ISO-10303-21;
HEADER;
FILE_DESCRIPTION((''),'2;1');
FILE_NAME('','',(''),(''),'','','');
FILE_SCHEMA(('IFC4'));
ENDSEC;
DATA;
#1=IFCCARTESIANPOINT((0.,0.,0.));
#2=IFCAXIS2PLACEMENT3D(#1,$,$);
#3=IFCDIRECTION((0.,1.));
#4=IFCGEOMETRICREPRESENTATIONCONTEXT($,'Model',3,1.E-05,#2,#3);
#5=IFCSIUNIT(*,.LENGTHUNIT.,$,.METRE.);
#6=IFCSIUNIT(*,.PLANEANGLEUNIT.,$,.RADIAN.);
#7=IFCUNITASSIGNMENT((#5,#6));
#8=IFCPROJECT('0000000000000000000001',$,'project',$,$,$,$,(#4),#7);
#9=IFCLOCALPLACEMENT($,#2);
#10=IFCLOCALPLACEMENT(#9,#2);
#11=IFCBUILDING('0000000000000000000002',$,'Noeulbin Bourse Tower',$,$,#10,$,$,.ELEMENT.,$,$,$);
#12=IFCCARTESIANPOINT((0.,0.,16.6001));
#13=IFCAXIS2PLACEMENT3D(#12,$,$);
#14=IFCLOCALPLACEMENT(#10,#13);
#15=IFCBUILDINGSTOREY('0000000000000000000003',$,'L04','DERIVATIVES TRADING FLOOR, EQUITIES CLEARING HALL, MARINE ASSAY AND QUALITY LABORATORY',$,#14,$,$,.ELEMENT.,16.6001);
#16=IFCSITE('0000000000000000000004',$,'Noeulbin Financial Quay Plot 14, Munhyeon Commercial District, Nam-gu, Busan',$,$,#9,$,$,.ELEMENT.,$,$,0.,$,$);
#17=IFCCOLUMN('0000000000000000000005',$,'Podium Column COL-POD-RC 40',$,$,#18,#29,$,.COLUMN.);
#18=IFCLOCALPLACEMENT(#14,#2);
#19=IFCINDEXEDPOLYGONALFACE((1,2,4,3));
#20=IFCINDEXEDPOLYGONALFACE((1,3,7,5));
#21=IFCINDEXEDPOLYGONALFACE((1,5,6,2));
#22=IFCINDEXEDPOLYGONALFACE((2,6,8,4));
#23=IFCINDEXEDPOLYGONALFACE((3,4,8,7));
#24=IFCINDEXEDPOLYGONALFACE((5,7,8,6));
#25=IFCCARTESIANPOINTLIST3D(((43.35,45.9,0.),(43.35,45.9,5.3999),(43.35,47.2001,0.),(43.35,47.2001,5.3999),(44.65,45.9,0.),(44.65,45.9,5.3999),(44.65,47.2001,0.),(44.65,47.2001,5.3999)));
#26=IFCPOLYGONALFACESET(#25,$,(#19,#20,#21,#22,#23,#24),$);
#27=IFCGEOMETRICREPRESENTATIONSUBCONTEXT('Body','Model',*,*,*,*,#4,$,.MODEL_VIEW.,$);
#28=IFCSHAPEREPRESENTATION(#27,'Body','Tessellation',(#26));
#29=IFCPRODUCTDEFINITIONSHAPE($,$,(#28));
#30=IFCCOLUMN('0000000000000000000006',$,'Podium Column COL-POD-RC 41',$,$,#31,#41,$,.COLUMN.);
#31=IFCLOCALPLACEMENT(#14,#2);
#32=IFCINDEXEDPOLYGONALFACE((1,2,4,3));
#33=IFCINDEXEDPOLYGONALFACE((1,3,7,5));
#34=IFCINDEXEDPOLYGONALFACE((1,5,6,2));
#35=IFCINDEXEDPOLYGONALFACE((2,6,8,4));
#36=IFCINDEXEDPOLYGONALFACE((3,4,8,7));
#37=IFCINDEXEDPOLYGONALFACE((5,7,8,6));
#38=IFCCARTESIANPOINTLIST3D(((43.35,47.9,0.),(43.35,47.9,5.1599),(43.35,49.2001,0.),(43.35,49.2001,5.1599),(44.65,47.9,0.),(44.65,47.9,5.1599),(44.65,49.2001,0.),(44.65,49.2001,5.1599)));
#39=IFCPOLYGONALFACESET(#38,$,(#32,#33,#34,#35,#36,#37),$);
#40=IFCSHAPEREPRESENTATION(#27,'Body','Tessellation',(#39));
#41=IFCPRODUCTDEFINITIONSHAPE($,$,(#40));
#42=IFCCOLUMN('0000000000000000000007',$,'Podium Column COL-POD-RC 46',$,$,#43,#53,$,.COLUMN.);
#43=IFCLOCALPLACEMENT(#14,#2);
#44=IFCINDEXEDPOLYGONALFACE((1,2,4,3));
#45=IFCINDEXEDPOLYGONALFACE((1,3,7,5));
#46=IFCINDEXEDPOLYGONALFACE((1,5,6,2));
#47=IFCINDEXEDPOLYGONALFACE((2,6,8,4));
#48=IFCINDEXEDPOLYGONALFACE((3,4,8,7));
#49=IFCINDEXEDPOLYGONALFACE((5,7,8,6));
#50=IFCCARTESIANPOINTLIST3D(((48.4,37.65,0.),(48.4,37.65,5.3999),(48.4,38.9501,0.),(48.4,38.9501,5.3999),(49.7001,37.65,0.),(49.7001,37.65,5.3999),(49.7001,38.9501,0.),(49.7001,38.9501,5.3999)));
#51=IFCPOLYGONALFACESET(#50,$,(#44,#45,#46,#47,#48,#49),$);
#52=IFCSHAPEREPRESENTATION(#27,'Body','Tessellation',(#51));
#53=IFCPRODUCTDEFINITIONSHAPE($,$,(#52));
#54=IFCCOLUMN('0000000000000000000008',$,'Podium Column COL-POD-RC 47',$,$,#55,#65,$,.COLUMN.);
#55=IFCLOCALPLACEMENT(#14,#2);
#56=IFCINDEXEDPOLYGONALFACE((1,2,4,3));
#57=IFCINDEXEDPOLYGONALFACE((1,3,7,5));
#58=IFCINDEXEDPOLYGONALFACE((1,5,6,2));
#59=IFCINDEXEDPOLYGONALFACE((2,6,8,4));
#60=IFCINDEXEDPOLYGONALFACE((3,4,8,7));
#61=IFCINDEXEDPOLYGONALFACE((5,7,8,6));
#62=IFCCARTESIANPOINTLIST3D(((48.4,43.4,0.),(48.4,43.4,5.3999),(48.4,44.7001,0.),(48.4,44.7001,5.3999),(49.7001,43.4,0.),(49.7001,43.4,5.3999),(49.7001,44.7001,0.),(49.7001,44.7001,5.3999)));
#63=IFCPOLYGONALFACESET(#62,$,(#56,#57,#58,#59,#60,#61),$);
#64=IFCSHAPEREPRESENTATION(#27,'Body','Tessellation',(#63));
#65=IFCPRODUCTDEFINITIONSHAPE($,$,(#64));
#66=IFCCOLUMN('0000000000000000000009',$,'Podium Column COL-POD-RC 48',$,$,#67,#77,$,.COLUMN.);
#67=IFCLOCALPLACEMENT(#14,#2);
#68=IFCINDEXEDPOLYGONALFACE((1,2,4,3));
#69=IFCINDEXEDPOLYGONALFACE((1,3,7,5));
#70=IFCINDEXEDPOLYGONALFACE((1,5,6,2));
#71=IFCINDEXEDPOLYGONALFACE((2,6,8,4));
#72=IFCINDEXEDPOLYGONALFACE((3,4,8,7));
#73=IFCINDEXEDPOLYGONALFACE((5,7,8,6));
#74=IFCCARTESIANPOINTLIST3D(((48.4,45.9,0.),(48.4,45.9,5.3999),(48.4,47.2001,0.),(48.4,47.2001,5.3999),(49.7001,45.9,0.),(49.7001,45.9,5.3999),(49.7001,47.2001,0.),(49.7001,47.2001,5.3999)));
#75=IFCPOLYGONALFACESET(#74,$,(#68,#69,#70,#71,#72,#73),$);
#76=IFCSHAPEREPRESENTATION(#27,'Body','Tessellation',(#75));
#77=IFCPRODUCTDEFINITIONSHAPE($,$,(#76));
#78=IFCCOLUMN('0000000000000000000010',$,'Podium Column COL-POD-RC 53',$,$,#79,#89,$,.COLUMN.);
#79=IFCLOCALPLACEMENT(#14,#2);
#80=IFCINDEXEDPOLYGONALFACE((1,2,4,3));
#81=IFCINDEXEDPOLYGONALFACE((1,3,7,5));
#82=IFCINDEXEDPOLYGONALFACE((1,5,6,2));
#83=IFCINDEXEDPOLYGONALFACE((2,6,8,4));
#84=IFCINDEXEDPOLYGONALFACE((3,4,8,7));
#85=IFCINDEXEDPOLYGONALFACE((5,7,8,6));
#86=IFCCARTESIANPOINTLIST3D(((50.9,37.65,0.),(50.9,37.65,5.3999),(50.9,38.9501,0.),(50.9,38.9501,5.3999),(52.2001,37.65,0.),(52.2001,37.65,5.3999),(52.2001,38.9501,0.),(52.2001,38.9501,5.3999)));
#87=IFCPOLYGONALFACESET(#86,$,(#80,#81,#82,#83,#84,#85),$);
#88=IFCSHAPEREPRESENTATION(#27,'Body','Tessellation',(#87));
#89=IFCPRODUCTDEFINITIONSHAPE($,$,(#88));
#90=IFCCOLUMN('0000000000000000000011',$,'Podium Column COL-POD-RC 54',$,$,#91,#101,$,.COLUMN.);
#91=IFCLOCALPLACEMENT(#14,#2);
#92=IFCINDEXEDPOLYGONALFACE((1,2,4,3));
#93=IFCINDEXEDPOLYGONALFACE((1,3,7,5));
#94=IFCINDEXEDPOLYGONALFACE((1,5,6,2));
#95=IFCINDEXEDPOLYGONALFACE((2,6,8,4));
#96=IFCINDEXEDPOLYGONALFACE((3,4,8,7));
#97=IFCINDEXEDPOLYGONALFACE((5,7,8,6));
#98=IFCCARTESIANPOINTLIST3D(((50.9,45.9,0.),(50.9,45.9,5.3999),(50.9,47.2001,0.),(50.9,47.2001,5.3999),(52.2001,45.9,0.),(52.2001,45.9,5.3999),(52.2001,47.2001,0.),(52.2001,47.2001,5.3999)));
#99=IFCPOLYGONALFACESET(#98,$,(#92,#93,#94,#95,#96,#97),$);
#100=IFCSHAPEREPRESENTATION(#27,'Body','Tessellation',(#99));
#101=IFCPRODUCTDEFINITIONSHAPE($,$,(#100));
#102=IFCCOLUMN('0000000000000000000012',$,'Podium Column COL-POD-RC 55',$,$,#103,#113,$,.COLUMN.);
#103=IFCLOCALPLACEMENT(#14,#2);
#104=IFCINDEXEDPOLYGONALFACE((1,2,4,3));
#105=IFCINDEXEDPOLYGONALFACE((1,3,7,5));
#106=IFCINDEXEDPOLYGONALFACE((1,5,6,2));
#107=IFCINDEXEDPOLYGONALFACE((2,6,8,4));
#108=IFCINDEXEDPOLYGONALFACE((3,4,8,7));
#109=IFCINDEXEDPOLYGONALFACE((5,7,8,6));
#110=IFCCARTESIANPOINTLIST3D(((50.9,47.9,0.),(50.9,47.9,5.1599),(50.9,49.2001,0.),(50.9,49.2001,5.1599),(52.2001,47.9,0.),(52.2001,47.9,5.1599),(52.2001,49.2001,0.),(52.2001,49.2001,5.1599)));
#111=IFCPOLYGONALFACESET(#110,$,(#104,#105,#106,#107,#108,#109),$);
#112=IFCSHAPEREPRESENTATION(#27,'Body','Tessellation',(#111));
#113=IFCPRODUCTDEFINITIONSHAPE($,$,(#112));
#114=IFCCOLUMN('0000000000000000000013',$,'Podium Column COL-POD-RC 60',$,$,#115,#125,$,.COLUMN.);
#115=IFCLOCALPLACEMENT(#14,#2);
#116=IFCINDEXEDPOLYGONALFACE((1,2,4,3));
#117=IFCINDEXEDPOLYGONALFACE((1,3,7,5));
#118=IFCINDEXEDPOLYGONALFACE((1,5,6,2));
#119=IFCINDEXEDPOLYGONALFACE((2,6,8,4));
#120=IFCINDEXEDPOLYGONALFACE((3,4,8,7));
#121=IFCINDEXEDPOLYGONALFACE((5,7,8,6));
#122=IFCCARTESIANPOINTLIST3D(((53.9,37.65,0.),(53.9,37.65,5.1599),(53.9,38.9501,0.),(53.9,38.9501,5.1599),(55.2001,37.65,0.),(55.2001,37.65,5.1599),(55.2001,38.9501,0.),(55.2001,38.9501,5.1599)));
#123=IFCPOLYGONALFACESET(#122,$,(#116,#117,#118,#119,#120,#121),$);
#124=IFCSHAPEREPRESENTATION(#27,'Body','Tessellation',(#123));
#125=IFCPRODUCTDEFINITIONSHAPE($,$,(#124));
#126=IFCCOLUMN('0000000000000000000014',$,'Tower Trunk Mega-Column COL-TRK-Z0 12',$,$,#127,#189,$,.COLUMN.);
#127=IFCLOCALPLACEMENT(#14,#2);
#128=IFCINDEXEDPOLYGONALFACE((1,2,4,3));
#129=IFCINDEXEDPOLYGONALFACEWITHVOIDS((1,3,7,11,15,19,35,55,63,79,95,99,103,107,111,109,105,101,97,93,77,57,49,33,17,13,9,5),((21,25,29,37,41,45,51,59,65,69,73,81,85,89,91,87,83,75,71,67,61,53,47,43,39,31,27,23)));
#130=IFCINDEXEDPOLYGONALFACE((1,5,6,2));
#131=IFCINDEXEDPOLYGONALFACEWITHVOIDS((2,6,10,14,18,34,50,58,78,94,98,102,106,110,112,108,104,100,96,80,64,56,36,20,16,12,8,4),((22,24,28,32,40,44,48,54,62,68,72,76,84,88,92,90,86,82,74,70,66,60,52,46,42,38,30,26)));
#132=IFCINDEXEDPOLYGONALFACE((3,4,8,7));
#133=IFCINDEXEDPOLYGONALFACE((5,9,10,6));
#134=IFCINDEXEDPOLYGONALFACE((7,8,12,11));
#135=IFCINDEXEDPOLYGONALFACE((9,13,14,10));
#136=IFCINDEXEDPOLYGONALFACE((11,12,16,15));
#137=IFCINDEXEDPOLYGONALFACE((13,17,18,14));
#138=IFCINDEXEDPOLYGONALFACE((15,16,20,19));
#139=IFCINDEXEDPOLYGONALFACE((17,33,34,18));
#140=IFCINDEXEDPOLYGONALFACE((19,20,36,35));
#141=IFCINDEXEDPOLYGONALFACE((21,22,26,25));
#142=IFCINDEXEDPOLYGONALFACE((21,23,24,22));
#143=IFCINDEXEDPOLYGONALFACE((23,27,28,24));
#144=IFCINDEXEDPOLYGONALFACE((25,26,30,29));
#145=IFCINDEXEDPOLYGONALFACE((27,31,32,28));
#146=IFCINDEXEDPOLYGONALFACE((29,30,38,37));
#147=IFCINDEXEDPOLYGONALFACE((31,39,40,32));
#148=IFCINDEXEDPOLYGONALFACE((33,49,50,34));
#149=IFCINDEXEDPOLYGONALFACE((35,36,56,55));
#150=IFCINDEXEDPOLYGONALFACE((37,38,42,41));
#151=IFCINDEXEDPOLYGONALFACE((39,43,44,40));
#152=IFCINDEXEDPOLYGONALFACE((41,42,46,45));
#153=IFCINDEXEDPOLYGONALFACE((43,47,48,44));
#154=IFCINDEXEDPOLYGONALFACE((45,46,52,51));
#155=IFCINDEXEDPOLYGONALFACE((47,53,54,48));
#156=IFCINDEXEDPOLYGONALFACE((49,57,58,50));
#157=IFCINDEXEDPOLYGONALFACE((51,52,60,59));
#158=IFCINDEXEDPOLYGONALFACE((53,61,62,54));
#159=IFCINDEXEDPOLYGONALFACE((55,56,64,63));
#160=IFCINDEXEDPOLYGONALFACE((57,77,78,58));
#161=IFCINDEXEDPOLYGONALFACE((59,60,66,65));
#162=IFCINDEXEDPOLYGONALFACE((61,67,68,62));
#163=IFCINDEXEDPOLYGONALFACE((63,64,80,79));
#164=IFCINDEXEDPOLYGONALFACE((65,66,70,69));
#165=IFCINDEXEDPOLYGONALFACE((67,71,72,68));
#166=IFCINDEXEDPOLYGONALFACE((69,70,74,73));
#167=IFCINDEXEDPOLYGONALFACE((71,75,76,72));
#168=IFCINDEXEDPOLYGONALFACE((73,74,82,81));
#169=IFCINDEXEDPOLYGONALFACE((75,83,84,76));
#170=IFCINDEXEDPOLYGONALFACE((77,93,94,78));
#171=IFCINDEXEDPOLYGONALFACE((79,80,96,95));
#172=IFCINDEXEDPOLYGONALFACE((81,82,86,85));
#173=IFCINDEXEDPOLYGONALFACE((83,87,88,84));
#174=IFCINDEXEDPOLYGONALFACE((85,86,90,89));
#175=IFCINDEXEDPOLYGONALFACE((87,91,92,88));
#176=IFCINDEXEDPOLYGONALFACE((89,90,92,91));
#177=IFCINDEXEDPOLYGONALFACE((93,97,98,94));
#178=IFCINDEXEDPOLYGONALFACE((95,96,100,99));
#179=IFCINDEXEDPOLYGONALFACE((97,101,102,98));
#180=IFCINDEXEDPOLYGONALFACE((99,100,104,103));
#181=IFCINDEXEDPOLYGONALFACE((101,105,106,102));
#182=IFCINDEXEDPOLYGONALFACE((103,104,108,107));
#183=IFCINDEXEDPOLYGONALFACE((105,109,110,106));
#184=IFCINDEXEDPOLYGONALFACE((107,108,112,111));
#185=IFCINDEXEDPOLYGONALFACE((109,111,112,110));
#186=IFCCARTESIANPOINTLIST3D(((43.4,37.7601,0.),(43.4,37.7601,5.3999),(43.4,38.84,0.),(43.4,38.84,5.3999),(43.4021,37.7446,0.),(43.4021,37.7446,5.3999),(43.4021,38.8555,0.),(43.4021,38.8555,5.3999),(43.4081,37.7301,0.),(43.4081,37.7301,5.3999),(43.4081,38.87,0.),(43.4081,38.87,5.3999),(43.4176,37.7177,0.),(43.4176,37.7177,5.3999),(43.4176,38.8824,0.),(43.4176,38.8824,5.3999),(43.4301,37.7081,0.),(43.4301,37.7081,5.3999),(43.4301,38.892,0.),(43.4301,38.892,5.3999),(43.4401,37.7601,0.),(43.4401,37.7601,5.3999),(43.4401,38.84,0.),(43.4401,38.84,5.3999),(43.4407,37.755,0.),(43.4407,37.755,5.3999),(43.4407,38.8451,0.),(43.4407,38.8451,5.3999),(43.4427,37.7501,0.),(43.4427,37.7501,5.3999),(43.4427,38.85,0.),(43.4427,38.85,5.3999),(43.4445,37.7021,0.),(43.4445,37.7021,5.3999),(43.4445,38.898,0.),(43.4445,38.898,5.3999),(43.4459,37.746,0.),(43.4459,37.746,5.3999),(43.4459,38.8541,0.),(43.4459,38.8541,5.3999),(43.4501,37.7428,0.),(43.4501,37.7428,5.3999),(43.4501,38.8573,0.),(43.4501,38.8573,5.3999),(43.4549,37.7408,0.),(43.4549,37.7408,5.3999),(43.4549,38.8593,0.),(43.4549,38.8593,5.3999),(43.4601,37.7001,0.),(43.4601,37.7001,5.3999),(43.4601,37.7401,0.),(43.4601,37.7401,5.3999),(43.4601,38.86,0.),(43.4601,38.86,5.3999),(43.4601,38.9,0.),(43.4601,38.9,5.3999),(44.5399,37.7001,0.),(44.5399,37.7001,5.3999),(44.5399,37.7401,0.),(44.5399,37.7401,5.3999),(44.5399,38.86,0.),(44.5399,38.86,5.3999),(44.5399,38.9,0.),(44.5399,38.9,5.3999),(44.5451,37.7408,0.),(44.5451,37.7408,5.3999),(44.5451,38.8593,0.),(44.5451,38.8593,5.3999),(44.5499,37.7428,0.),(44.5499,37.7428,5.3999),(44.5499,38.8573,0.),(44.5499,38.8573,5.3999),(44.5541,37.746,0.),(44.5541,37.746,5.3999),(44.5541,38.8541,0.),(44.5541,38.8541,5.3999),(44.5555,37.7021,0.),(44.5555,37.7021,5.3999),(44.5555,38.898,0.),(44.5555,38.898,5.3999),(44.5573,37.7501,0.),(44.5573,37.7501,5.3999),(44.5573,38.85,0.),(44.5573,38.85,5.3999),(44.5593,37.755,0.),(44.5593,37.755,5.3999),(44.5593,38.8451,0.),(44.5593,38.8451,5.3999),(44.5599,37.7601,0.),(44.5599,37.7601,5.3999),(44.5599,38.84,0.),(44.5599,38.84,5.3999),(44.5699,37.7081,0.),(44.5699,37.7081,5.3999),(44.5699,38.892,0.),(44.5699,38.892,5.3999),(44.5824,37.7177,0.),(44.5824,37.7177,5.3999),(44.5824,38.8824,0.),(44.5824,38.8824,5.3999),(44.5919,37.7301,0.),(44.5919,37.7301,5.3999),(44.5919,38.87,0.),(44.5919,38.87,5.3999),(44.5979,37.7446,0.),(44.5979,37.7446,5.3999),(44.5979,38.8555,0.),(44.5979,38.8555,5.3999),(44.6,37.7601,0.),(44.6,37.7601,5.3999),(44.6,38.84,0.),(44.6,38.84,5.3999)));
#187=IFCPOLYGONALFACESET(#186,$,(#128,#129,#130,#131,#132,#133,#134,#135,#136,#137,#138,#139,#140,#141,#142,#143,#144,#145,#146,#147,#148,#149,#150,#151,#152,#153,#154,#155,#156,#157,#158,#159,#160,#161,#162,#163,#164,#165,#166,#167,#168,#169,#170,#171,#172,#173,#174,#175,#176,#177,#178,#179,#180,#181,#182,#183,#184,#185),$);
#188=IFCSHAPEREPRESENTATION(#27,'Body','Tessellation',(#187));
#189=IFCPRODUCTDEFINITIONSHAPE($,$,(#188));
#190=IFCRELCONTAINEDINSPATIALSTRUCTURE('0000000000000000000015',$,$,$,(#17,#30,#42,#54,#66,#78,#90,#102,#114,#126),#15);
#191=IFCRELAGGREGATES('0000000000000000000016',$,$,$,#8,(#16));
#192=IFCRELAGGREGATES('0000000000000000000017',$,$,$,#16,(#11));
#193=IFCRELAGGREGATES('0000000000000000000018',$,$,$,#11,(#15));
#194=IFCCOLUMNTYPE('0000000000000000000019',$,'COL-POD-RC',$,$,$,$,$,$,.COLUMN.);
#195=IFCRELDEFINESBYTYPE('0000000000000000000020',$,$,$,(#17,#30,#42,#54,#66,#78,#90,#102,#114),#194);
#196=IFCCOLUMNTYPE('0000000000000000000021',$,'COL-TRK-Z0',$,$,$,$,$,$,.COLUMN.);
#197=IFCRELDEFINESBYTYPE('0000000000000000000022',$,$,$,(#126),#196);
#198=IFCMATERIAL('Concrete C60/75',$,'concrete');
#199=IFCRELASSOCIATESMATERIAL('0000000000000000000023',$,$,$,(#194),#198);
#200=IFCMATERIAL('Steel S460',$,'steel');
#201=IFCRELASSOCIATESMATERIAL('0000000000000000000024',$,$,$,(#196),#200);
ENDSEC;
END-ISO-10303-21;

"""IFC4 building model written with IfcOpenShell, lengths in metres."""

from ifc_helpers import new_model, si_unit, direction, frame, origin, origin_2d, place, context, subcontext, project, spatial, rectangle, hollow_rectangle, extrude, material, material_profile, profile_set, type_object, element, save


model = new_model("IFC4")

# Units and contexts
model_context = context("Model", 3, precision=1e-05, world=origin(), true_north=direction((0.0, 1.0)))
body_context = subcontext(model_context, "Body", "Model", "MODEL_VIEW")
ifc_project = project(units=[si_unit("LENGTHUNIT", "METRE"), si_unit("PLANEANGLEUNIT", "RADIAN")], contexts=[model_context])

# Site, building, storey
site_placement = place(None, origin())
site = spatial("IfcSite", under=ifc_project, at=site_placement, Name="Noeulbin Financial Quay Plot 14, Munhyeon Commercial District, Nam-gu, Busan", CompositionType="ELEMENT", RefElevation=0.0)
building_placement = place(site_placement, origin())
building = spatial("IfcBuilding", under=site, at=building_placement, Name="Noeulbin Bourse Tower", CompositionType="ELEMENT")
storey_placement = place(building_placement, frame((0.0, 0.0, 16.6001)))
storey = spatial("IfcBuildingStorey", under=building, at=storey_placement, Name="L04", Description="DERIVATIVES TRADING FLOOR, EQUITIES CLEARING HALL, MARINE ASSAY AND QUALITY LABORATORY", CompositionType="ELEMENT", Elevation=16.6001)

# Columns
ifc_material_1 = material(Name="Concrete C60/75", Category="concrete")
ifc_material_profile_1 = material_profile(ifc_material_1, rectangle(XDim=1.3, YDim=1.3, at=origin_2d()), Name="RC-COL-1300x1300", Category="LoadBearing")
ifc_profile_set_1 = profile_set([ifc_material_profile_1], Name="Concrete C60/75")
column_type_1 = type_object("IfcColumnType", Name="COL-POD-RC", PredefinedType="COLUMN", material=ifc_profile_set_1)
column_1_placement = place(storey_placement, frame((44.0, 46.55, 0.0), z_axis=(0.0, 0.0, 1.0), x_axis=(1.0, 0.0, 0.0)))
element("IfcColumn", 1, at=column_1_placement, inside=storey, type_object=column_type_1, Name="Podium Column COL-POD-RC 40", PredefinedType="COLUMN", context=body_context, shape_type="SweptSolid", body=[
    extrude(rectangle(XDim=1.3, YDim=1.3, at=origin_2d()), origin(), (0.0, 0.0, 1.0), 5.3999),
])
column_2_placement = place(storey_placement, frame((44.0, 48.55, 0.0), z_axis=(0.0, 0.0, 1.0), x_axis=(1.0, 0.0, 0.0)))
element("IfcColumn", 2, at=column_2_placement, inside=storey, type_object=column_type_1, Name="Podium Column COL-POD-RC 41", PredefinedType="COLUMN", context=body_context, shape_type="SweptSolid", body=[
    extrude(rectangle(XDim=1.3, YDim=1.3, at=origin_2d()), origin(), (0.0, 0.0, 1.0), 5.1599),
])
for number, where, z_axis, x_axis, name in (
    (3, (49.05, 38.3, 0.0), (0.0, 0.0, 1.0), (1.0, 0.0, 0.0), "Podium Column COL-POD-RC 46"),
    (4, (49.05, 44.05, 0.0), (0.0, 0.0, 1.0), (1.0, 0.0, 0.0), "Podium Column COL-POD-RC 47"),
    (5, (49.05, 46.55, 0.0), (0.0, 0.0, 1.0), (1.0, 0.0, 0.0), "Podium Column COL-POD-RC 48"),
    (6, (51.55, 38.3, 0.0), (0.0, 0.0, 1.0), (1.0, 0.0, 0.0), "Podium Column COL-POD-RC 53"),
    (7, (51.55, 46.55, 0.0), (0.0, 0.0, 1.0), (1.0, 0.0, 0.0), "Podium Column COL-POD-RC 54"),
):
    element("IfcColumn", number, at=place(storey_placement, frame(where, z_axis=z_axis, x_axis=x_axis)), inside=storey, type_object=column_type_1, Name=name, PredefinedType="COLUMN", context=body_context, shape_type="SweptSolid", body=[
        extrude(rectangle(XDim=1.3, YDim=1.3, at=origin_2d()), origin(), (0.0, 0.0, 1.0), 5.3999),
    ])
for number, where, z_axis, x_axis, name in (
    (8, (51.55, 48.55, 0.0), (0.0, 0.0, 1.0), (1.0, 0.0, 0.0), "Podium Column COL-POD-RC 55"),
    (9, (54.55, 38.3, 0.0), (0.0, 0.0, 1.0), (1.0, 0.0, 0.0), "Podium Column COL-POD-RC 60"),
):
    element("IfcColumn", number, at=place(storey_placement, frame(where, z_axis=z_axis, x_axis=x_axis)), inside=storey, type_object=column_type_1, Name=name, PredefinedType="COLUMN", context=body_context, shape_type="SweptSolid", body=[
        extrude(rectangle(XDim=1.3, YDim=1.3, at=origin_2d()), origin(), (0.0, 0.0, 1.0), 5.1599),
    ])
ifc_material_2 = material(Name="Steel S460", Category="steel")
ifc_material_profile_2 = material_profile(ifc_material_2, hollow_rectangle(XDim=1.2, YDim=1.2, WallThickness=0.04, InnerFilletRadius=0.02, OuterFilletRadius=0.0601, at=origin_2d()), Name="BOX-1200x1200x40", Category="LoadBearing")
ifc_profile_set_2 = profile_set([ifc_material_profile_2], Name="Steel S460")
column_type_2 = type_object("IfcColumnType", Name="COL-TRK-Z0", PredefinedType="COLUMN", material=ifc_profile_set_2)
column_3_placement = place(storey_placement, frame((44.0, 38.3, 0.0), z_axis=(0.0, 0.0, 1.0), x_axis=(1.0, 0.0, 0.0)))
element("IfcColumn", 10, at=column_3_placement, inside=storey, type_object=column_type_2, Name="Tower Trunk Mega-Column COL-TRK-Z0 12", PredefinedType="COLUMN", context=body_context, shape_type="SweptSolid", body=[
    extrude(hollow_rectangle(XDim=1.2, YDim=1.2, WallThickness=0.04, InnerFilletRadius=0.02, OuterFilletRadius=0.0601, at=origin_2d()), origin(), (0.0, 0.0, 1.0), 5.3999),
])

save(model, "model.ifc")
